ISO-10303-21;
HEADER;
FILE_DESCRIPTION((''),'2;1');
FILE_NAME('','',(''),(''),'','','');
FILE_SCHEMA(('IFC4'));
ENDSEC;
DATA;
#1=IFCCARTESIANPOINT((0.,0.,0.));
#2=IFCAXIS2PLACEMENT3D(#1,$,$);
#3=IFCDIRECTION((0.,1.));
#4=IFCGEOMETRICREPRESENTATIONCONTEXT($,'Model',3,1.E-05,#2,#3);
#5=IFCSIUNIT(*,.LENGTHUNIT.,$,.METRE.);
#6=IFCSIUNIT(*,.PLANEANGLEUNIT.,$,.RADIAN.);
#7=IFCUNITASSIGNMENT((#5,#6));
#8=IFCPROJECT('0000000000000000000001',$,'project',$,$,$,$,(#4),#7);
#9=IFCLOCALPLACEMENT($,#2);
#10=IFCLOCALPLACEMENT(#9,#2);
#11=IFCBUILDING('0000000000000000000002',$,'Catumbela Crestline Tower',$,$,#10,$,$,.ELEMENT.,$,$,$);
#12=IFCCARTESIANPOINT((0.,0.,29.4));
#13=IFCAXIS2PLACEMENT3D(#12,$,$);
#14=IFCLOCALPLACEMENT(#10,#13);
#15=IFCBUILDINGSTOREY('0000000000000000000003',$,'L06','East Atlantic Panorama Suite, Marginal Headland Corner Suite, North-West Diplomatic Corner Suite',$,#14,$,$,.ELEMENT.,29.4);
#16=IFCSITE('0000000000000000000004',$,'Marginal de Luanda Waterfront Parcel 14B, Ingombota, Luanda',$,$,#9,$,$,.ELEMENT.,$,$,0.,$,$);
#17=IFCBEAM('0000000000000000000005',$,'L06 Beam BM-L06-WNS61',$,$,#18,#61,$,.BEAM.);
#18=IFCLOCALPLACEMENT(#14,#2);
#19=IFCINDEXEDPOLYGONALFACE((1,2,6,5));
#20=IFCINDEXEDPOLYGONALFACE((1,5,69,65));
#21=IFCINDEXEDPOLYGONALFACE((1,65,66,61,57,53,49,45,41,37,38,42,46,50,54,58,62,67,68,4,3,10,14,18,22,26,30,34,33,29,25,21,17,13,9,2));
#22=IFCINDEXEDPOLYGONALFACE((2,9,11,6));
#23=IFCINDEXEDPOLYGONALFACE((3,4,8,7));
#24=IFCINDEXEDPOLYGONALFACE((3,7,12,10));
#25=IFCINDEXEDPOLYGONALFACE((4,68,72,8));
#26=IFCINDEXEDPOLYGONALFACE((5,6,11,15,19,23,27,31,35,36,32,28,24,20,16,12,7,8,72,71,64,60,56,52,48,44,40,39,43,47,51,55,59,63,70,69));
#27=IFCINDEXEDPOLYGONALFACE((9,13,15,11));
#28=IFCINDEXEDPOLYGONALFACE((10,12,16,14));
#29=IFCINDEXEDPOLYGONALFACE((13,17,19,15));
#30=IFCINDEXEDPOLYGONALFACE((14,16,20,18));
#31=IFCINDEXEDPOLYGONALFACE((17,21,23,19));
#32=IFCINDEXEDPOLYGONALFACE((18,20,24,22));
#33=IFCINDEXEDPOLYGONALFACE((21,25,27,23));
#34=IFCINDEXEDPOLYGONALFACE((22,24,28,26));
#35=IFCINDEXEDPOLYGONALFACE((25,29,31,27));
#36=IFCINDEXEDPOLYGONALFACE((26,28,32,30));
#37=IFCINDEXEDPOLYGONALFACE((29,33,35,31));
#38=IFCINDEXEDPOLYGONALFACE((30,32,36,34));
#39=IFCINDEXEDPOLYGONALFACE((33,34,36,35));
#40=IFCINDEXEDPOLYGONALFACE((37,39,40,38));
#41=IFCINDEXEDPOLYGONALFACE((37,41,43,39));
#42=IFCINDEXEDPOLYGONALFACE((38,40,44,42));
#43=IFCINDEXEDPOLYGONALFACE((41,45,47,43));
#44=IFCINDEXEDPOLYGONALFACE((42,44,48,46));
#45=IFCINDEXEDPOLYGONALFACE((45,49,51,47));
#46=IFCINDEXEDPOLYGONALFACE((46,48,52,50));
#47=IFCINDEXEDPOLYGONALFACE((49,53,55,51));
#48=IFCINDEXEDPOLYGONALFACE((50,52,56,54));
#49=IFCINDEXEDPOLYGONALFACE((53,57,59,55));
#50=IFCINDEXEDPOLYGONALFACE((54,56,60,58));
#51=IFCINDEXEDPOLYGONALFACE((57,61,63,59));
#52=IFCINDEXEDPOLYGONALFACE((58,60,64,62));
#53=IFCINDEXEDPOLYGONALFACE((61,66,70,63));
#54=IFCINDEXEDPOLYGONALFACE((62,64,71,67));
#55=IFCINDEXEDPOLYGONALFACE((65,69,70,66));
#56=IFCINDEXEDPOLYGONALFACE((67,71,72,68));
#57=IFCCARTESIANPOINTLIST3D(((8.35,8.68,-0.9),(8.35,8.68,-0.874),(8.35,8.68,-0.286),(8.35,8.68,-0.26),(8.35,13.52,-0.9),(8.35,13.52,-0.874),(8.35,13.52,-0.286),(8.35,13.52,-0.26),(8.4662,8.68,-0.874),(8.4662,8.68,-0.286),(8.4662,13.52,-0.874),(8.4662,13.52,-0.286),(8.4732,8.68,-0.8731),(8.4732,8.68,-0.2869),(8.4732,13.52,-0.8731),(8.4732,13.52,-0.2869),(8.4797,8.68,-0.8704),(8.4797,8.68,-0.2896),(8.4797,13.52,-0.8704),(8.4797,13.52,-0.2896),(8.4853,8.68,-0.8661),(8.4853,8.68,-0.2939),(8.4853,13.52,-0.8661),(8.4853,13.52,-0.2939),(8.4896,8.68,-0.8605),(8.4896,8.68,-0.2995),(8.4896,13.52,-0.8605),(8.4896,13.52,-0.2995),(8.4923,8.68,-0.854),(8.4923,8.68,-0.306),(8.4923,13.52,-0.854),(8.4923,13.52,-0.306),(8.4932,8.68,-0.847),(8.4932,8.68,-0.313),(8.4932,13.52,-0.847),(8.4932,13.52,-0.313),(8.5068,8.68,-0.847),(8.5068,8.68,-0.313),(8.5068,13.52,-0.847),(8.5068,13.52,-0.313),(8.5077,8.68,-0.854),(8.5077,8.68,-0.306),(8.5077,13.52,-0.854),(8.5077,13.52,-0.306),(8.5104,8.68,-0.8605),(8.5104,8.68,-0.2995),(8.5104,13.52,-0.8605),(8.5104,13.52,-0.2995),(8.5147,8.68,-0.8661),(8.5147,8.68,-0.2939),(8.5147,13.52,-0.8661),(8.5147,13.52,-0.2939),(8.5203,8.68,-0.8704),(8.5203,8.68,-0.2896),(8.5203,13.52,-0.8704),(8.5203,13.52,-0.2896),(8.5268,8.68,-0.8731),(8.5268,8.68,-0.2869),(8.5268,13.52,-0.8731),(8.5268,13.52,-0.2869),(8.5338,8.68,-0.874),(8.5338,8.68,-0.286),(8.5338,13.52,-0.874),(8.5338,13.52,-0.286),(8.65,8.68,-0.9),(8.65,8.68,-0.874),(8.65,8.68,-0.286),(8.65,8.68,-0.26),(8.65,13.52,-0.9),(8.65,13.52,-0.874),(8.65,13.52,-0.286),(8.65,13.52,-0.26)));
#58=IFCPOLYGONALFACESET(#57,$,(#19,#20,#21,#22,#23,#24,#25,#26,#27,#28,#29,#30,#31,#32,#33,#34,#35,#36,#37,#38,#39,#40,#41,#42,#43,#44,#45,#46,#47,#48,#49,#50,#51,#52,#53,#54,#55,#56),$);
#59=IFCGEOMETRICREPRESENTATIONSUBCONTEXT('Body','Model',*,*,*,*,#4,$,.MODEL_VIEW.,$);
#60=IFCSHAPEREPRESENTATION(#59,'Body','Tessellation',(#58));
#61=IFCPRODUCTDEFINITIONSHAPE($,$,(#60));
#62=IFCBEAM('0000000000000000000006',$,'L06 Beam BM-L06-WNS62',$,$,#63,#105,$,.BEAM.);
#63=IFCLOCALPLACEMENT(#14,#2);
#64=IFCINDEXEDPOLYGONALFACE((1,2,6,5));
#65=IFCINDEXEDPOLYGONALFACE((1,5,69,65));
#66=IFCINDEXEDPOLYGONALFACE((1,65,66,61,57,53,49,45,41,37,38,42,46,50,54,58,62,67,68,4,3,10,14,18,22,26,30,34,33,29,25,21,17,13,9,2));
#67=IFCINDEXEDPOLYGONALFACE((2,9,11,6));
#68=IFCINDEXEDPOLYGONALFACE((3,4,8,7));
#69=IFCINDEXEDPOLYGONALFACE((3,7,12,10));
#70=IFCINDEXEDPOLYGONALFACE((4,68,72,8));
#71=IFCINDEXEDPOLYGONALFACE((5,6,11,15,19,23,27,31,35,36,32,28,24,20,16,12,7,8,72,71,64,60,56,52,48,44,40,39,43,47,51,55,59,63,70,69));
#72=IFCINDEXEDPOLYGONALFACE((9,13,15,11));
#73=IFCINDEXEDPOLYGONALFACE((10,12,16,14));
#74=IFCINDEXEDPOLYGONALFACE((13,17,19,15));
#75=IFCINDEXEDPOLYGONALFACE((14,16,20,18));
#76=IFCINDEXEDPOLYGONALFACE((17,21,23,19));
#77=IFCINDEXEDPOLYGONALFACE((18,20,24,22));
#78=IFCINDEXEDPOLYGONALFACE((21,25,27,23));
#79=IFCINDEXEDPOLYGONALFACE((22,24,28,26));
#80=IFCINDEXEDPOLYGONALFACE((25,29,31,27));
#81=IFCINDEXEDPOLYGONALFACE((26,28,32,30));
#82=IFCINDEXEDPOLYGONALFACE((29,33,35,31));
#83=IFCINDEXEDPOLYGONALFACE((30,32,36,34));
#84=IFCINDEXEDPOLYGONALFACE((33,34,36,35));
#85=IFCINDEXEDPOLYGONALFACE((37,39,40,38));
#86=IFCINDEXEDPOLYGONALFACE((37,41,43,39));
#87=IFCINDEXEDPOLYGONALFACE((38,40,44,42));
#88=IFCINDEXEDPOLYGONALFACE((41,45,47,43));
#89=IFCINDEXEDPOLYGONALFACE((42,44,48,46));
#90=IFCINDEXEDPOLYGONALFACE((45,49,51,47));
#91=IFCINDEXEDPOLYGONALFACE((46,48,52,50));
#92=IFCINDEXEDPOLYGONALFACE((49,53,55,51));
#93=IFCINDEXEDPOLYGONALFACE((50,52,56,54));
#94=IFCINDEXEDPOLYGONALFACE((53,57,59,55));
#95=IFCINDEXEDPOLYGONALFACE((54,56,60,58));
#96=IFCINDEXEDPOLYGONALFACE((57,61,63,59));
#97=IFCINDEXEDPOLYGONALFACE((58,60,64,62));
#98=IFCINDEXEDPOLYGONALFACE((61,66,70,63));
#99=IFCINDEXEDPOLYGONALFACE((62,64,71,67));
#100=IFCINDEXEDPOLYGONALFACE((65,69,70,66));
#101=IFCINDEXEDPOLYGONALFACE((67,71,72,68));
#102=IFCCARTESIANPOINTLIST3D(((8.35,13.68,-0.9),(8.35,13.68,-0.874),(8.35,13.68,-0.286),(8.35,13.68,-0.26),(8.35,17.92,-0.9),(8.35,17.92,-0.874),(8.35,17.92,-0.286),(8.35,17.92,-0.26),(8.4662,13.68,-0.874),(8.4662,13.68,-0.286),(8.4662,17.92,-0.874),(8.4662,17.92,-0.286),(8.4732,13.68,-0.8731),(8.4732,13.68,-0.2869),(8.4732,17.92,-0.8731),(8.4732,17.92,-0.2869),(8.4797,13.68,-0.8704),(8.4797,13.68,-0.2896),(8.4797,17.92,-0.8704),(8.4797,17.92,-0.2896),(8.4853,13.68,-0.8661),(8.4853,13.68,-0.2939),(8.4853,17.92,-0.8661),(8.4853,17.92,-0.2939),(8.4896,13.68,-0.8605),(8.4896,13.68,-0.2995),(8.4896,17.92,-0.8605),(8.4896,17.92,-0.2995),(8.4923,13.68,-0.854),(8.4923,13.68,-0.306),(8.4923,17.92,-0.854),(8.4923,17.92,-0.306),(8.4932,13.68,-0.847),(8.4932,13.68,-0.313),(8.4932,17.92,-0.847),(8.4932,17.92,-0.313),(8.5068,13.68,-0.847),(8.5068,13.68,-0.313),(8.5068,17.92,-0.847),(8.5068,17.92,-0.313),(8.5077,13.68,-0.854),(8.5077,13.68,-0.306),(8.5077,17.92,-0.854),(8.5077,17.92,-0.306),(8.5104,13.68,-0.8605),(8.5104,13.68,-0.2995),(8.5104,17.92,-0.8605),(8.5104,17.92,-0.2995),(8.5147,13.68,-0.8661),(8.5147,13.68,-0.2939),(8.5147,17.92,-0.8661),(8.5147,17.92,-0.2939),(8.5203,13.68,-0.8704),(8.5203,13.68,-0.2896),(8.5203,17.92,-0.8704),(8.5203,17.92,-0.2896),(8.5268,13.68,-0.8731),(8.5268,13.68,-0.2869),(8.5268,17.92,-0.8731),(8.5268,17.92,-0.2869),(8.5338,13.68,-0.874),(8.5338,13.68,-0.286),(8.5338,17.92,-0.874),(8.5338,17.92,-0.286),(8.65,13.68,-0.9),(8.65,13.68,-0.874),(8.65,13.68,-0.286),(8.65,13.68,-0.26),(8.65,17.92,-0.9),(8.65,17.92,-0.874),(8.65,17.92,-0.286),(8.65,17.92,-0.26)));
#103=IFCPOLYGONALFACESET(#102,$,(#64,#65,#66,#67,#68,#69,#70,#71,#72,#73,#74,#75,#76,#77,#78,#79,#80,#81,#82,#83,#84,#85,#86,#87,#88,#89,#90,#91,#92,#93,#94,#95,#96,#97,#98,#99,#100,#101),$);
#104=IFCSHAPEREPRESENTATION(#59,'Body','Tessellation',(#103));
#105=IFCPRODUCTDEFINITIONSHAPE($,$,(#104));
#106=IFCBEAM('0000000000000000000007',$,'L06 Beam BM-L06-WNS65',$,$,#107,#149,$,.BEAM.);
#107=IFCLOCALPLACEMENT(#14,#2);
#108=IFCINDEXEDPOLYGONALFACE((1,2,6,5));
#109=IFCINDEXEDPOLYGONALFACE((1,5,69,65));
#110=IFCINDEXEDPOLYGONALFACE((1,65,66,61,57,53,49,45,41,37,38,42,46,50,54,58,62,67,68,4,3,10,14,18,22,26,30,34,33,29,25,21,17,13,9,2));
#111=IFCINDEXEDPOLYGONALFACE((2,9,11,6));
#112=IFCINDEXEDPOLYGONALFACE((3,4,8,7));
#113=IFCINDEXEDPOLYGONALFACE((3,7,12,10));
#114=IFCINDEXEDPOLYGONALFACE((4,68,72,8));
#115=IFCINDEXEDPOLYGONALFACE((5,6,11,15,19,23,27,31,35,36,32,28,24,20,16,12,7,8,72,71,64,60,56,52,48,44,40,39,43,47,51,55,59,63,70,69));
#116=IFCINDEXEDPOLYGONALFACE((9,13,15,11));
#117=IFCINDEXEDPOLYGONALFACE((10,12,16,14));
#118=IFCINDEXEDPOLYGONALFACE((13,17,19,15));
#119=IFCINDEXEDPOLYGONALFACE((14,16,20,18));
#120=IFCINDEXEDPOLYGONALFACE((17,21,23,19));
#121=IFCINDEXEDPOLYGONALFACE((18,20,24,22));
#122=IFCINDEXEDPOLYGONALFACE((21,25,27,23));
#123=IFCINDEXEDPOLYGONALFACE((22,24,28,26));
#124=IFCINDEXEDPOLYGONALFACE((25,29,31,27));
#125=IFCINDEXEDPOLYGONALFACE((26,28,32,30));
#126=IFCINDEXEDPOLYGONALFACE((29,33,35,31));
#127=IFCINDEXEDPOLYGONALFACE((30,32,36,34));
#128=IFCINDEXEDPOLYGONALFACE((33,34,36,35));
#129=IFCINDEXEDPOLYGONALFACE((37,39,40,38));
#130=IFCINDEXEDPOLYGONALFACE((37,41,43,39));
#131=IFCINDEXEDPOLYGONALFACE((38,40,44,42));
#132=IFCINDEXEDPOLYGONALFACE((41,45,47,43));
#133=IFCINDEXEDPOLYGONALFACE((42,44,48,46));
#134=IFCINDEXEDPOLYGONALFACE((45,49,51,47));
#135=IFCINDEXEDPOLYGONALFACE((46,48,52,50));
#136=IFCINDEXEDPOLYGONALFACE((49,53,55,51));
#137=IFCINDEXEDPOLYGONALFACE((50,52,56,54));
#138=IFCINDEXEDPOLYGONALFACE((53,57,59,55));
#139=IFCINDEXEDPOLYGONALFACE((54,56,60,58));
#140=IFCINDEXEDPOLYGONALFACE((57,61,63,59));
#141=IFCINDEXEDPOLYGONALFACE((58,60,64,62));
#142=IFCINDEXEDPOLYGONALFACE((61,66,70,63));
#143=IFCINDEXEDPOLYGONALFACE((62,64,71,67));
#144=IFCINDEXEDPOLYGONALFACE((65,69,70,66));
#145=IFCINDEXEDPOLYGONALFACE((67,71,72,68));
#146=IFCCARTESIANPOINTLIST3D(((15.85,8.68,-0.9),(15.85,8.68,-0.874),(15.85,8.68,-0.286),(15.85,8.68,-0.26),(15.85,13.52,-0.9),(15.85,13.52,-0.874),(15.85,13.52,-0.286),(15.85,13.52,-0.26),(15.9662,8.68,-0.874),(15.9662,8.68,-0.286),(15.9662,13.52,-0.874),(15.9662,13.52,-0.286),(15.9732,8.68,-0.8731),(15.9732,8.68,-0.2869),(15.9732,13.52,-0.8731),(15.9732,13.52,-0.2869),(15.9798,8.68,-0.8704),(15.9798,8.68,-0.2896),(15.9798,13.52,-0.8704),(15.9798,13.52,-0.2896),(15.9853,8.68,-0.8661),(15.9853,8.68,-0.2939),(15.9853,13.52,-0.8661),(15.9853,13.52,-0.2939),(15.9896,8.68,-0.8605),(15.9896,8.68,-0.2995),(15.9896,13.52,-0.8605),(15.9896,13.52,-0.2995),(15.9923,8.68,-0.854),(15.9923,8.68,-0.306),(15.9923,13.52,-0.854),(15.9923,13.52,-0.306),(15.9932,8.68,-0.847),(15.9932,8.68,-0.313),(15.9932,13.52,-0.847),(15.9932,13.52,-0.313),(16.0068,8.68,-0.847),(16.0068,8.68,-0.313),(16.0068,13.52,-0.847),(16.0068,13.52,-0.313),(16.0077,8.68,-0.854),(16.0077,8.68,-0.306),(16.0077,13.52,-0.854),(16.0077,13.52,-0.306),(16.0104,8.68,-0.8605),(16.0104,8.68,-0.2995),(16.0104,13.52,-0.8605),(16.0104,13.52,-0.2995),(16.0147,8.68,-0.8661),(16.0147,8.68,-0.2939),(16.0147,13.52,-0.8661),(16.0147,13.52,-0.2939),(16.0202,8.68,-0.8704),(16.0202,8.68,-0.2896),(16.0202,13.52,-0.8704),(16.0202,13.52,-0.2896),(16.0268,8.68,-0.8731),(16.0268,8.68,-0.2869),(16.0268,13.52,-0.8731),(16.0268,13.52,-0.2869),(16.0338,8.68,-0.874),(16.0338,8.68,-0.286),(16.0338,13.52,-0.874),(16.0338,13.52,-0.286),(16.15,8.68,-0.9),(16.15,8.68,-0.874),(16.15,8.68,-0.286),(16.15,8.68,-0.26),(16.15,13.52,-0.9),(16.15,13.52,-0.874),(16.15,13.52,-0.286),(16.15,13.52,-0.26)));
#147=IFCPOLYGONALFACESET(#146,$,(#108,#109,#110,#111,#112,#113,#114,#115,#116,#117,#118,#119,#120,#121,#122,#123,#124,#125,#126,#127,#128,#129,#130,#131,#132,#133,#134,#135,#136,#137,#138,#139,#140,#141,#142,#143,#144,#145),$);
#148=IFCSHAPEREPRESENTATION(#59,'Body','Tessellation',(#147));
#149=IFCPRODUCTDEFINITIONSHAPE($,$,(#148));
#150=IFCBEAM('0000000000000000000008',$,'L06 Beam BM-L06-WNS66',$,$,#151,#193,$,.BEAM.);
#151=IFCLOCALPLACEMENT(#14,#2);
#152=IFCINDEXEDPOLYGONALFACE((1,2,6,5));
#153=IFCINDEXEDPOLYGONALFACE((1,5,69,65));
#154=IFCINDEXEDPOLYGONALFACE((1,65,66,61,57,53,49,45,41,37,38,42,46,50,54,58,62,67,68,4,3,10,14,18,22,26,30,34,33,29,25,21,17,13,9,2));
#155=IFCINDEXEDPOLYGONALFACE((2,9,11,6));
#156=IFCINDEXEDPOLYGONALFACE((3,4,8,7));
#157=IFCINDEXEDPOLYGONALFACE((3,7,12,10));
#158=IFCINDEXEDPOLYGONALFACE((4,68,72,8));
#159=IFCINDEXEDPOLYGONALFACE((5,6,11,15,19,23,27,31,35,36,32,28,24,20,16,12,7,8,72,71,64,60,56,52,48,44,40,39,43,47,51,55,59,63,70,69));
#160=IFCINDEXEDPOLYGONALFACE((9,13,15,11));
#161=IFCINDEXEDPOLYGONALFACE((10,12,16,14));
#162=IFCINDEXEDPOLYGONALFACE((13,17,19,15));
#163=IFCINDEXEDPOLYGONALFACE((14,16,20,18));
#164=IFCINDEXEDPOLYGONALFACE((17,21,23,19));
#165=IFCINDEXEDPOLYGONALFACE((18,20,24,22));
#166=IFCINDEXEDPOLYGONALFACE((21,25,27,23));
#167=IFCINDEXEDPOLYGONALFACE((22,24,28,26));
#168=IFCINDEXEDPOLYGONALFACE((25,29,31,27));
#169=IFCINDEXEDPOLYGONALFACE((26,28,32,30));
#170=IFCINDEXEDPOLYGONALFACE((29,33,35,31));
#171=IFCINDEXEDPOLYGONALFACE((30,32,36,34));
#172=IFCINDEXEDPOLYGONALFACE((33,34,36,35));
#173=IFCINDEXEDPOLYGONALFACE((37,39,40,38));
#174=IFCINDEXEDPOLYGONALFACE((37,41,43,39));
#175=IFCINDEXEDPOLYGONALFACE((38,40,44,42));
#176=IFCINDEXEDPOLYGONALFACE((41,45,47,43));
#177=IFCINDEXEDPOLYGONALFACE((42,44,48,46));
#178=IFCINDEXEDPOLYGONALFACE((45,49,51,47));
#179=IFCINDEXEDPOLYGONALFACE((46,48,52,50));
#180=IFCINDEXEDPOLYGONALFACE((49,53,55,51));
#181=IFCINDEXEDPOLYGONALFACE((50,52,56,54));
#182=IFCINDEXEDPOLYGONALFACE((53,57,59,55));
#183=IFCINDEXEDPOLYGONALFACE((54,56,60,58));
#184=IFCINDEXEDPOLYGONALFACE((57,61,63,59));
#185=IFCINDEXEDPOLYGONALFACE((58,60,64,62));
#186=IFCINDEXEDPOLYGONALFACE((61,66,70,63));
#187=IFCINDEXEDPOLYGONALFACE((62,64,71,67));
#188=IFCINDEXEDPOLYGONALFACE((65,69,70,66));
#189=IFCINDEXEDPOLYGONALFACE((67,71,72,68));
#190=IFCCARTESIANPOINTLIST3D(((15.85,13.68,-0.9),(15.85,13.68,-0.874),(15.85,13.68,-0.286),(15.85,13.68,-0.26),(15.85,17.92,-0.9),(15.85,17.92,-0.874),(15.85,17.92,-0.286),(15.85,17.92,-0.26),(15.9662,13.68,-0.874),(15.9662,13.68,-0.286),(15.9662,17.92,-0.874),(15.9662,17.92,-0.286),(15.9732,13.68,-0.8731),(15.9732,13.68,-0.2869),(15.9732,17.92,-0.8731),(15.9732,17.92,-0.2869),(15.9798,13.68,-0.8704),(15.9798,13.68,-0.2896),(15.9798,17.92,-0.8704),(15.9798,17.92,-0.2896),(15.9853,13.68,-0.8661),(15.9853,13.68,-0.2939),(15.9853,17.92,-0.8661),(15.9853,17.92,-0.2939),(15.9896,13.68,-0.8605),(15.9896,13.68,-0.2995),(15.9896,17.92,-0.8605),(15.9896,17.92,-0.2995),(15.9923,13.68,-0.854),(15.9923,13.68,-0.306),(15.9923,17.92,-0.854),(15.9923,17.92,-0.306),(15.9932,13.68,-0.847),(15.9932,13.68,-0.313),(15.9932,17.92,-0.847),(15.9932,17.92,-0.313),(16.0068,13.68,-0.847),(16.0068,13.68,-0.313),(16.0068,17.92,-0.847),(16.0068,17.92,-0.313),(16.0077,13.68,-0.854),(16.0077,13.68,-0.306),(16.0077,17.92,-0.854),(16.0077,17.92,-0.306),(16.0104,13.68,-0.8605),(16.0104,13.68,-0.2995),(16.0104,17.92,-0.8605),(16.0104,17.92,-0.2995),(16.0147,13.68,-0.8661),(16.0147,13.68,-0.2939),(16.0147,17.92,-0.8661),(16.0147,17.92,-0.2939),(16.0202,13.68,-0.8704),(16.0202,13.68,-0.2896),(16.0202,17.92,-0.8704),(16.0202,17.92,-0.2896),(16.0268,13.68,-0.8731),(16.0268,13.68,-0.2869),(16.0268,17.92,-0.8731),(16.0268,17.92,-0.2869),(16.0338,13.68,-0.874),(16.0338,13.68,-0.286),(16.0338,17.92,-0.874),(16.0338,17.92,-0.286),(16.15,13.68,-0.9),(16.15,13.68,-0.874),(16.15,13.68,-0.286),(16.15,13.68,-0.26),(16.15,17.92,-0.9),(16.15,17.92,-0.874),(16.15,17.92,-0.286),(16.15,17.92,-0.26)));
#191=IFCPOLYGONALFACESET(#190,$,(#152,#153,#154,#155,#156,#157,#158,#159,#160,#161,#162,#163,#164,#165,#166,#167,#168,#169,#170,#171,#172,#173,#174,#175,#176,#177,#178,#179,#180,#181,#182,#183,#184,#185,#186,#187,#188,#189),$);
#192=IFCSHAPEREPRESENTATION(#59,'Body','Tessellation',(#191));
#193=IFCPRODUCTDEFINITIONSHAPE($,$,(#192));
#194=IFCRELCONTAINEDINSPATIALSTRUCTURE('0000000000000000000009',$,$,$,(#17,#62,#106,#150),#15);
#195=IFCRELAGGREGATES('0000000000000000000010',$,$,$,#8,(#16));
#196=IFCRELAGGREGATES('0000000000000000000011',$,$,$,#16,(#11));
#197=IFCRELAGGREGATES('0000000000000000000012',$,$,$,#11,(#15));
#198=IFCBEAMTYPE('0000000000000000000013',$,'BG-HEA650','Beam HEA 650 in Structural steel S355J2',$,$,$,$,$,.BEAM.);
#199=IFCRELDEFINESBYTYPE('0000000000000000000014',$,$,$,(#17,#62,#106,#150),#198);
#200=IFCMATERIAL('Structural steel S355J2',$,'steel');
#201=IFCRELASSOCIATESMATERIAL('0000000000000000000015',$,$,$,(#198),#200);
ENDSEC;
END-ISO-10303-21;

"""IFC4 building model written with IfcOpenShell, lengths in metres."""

from ifc_helpers import new_model, si_unit, direction, frame, origin, origin_2d, place, context, subcontext, project, spatial, i_section, extrude, material, material_profile, profile_set, type_object, element, save


model = new_model("IFC4")

# Units and contexts
model_context = context("Model", 3, precision=1e-05, world=origin(), true_north=direction((0.0, 1.0)))
body_context = subcontext(model_context, "Body", "Model", "MODEL_VIEW")
ifc_project = project(units=[si_unit("LENGTHUNIT", "METRE"), si_unit("PLANEANGLEUNIT", "RADIAN")], contexts=[model_context])

# Site, building, storey
site_placement = place(None, origin())
site = spatial("IfcSite", under=ifc_project, at=site_placement, Name="Marginal de Luanda Waterfront Parcel 14B, Ingombota, Luanda", CompositionType="ELEMENT", RefElevation=0.0)
building_placement = place(site_placement, origin())
building = spatial("IfcBuilding", under=site, at=building_placement, Name="Catumbela Crestline Tower", CompositionType="ELEMENT")
storey_placement = place(building_placement, frame((0.0, 0.0, 29.4)))
storey = spatial("IfcBuildingStorey", under=building, at=storey_placement, Name="L06", Description="East Atlantic Panorama Suite, Marginal Headland Corner Suite, North-West Diplomatic Corner Suite", CompositionType="ELEMENT", Elevation=29.4)

# Beams
ifc_material_1 = material(Name="Structural steel S355J2", Category="steel")
ifc_material_profile_1 = material_profile(ifc_material_1, i_section(OverallWidth=0.3, OverallDepth=0.64, WebThickness=0.0135, FlangeThickness=0.026, FilletRadius=0.027, at=origin_2d()), Name="HEA 650")
ifc_profile_set_1 = profile_set([ifc_material_profile_1], Name="Structural steel S355J2")
beam_type_1 = type_object("IfcBeamType", Name="BG-HEA650", Description="Beam HEA 650 in Structural steel S355J2", PredefinedType="BEAM", material=ifc_profile_set_1)
beam_1_placement = place(storey_placement, frame((8.5, 8.68, -0.58), z_axis=(0.0, 1.0, 0.0), x_axis=(-1.0, 0.0, 0.0)))
element("IfcBeam", 1, at=beam_1_placement, inside=storey, type_object=beam_type_1, Name="L06 Beam BM-L06-WNS61", PredefinedType="BEAM", context=body_context, shape_type="SweptSolid", body=[
    extrude(i_section(OverallWidth=0.3, OverallDepth=0.64, WebThickness=0.0135, FlangeThickness=0.026, FilletRadius=0.027, at=origin_2d()), origin(), (0.0, 0.0, 1.0), 4.84),
])
beam_2_placement = place(storey_placement, frame((8.5, 13.68, -0.58), z_axis=(0.0, 1.0, 0.0), x_axis=(-1.0, 0.0, 0.0)))
element("IfcBeam", 2, at=beam_2_placement, inside=storey, type_object=beam_type_1, Name="L06 Beam BM-L06-WNS62", PredefinedType="BEAM", context=body_context, shape_type="SweptSolid", body=[
    extrude(i_section(OverallWidth=0.3, OverallDepth=0.64, WebThickness=0.0135, FlangeThickness=0.026, FilletRadius=0.027, at=origin_2d()), origin(), (0.0, 0.0, 1.0), 4.24),
])
beam_3_placement = place(storey_placement, frame((16.0, 8.68, -0.58), z_axis=(0.0, 1.0, 0.0), x_axis=(-1.0, 0.0, 0.0)))
element("IfcBeam", 3, at=beam_3_placement, inside=storey, type_object=beam_type_1, Name="L06 Beam BM-L06-WNS65", PredefinedType="BEAM", context=body_context, shape_type="SweptSolid", body=[
    extrude(i_section(OverallWidth=0.3, OverallDepth=0.64, WebThickness=0.0135, FlangeThickness=0.026, FilletRadius=0.027, at=origin_2d()), origin(), (0.0, 0.0, 1.0), 4.84),
])
beam_4_placement = place(storey_placement, frame((16.0, 13.68, -0.58), z_axis=(0.0, 1.0, 0.0), x_axis=(-1.0, 0.0, 0.0)))
element("IfcBeam", 4, at=beam_4_placement, inside=storey, type_object=beam_type_1, Name="L06 Beam BM-L06-WNS66", PredefinedType="BEAM", context=body_context, shape_type="SweptSolid", body=[
    extrude(i_section(OverallWidth=0.3, OverallDepth=0.64, WebThickness=0.0135, FlangeThickness=0.026, FilletRadius=0.027, at=origin_2d()), origin(), (0.0, 0.0, 1.0), 4.24),
])

save(model, "model.ifc")
